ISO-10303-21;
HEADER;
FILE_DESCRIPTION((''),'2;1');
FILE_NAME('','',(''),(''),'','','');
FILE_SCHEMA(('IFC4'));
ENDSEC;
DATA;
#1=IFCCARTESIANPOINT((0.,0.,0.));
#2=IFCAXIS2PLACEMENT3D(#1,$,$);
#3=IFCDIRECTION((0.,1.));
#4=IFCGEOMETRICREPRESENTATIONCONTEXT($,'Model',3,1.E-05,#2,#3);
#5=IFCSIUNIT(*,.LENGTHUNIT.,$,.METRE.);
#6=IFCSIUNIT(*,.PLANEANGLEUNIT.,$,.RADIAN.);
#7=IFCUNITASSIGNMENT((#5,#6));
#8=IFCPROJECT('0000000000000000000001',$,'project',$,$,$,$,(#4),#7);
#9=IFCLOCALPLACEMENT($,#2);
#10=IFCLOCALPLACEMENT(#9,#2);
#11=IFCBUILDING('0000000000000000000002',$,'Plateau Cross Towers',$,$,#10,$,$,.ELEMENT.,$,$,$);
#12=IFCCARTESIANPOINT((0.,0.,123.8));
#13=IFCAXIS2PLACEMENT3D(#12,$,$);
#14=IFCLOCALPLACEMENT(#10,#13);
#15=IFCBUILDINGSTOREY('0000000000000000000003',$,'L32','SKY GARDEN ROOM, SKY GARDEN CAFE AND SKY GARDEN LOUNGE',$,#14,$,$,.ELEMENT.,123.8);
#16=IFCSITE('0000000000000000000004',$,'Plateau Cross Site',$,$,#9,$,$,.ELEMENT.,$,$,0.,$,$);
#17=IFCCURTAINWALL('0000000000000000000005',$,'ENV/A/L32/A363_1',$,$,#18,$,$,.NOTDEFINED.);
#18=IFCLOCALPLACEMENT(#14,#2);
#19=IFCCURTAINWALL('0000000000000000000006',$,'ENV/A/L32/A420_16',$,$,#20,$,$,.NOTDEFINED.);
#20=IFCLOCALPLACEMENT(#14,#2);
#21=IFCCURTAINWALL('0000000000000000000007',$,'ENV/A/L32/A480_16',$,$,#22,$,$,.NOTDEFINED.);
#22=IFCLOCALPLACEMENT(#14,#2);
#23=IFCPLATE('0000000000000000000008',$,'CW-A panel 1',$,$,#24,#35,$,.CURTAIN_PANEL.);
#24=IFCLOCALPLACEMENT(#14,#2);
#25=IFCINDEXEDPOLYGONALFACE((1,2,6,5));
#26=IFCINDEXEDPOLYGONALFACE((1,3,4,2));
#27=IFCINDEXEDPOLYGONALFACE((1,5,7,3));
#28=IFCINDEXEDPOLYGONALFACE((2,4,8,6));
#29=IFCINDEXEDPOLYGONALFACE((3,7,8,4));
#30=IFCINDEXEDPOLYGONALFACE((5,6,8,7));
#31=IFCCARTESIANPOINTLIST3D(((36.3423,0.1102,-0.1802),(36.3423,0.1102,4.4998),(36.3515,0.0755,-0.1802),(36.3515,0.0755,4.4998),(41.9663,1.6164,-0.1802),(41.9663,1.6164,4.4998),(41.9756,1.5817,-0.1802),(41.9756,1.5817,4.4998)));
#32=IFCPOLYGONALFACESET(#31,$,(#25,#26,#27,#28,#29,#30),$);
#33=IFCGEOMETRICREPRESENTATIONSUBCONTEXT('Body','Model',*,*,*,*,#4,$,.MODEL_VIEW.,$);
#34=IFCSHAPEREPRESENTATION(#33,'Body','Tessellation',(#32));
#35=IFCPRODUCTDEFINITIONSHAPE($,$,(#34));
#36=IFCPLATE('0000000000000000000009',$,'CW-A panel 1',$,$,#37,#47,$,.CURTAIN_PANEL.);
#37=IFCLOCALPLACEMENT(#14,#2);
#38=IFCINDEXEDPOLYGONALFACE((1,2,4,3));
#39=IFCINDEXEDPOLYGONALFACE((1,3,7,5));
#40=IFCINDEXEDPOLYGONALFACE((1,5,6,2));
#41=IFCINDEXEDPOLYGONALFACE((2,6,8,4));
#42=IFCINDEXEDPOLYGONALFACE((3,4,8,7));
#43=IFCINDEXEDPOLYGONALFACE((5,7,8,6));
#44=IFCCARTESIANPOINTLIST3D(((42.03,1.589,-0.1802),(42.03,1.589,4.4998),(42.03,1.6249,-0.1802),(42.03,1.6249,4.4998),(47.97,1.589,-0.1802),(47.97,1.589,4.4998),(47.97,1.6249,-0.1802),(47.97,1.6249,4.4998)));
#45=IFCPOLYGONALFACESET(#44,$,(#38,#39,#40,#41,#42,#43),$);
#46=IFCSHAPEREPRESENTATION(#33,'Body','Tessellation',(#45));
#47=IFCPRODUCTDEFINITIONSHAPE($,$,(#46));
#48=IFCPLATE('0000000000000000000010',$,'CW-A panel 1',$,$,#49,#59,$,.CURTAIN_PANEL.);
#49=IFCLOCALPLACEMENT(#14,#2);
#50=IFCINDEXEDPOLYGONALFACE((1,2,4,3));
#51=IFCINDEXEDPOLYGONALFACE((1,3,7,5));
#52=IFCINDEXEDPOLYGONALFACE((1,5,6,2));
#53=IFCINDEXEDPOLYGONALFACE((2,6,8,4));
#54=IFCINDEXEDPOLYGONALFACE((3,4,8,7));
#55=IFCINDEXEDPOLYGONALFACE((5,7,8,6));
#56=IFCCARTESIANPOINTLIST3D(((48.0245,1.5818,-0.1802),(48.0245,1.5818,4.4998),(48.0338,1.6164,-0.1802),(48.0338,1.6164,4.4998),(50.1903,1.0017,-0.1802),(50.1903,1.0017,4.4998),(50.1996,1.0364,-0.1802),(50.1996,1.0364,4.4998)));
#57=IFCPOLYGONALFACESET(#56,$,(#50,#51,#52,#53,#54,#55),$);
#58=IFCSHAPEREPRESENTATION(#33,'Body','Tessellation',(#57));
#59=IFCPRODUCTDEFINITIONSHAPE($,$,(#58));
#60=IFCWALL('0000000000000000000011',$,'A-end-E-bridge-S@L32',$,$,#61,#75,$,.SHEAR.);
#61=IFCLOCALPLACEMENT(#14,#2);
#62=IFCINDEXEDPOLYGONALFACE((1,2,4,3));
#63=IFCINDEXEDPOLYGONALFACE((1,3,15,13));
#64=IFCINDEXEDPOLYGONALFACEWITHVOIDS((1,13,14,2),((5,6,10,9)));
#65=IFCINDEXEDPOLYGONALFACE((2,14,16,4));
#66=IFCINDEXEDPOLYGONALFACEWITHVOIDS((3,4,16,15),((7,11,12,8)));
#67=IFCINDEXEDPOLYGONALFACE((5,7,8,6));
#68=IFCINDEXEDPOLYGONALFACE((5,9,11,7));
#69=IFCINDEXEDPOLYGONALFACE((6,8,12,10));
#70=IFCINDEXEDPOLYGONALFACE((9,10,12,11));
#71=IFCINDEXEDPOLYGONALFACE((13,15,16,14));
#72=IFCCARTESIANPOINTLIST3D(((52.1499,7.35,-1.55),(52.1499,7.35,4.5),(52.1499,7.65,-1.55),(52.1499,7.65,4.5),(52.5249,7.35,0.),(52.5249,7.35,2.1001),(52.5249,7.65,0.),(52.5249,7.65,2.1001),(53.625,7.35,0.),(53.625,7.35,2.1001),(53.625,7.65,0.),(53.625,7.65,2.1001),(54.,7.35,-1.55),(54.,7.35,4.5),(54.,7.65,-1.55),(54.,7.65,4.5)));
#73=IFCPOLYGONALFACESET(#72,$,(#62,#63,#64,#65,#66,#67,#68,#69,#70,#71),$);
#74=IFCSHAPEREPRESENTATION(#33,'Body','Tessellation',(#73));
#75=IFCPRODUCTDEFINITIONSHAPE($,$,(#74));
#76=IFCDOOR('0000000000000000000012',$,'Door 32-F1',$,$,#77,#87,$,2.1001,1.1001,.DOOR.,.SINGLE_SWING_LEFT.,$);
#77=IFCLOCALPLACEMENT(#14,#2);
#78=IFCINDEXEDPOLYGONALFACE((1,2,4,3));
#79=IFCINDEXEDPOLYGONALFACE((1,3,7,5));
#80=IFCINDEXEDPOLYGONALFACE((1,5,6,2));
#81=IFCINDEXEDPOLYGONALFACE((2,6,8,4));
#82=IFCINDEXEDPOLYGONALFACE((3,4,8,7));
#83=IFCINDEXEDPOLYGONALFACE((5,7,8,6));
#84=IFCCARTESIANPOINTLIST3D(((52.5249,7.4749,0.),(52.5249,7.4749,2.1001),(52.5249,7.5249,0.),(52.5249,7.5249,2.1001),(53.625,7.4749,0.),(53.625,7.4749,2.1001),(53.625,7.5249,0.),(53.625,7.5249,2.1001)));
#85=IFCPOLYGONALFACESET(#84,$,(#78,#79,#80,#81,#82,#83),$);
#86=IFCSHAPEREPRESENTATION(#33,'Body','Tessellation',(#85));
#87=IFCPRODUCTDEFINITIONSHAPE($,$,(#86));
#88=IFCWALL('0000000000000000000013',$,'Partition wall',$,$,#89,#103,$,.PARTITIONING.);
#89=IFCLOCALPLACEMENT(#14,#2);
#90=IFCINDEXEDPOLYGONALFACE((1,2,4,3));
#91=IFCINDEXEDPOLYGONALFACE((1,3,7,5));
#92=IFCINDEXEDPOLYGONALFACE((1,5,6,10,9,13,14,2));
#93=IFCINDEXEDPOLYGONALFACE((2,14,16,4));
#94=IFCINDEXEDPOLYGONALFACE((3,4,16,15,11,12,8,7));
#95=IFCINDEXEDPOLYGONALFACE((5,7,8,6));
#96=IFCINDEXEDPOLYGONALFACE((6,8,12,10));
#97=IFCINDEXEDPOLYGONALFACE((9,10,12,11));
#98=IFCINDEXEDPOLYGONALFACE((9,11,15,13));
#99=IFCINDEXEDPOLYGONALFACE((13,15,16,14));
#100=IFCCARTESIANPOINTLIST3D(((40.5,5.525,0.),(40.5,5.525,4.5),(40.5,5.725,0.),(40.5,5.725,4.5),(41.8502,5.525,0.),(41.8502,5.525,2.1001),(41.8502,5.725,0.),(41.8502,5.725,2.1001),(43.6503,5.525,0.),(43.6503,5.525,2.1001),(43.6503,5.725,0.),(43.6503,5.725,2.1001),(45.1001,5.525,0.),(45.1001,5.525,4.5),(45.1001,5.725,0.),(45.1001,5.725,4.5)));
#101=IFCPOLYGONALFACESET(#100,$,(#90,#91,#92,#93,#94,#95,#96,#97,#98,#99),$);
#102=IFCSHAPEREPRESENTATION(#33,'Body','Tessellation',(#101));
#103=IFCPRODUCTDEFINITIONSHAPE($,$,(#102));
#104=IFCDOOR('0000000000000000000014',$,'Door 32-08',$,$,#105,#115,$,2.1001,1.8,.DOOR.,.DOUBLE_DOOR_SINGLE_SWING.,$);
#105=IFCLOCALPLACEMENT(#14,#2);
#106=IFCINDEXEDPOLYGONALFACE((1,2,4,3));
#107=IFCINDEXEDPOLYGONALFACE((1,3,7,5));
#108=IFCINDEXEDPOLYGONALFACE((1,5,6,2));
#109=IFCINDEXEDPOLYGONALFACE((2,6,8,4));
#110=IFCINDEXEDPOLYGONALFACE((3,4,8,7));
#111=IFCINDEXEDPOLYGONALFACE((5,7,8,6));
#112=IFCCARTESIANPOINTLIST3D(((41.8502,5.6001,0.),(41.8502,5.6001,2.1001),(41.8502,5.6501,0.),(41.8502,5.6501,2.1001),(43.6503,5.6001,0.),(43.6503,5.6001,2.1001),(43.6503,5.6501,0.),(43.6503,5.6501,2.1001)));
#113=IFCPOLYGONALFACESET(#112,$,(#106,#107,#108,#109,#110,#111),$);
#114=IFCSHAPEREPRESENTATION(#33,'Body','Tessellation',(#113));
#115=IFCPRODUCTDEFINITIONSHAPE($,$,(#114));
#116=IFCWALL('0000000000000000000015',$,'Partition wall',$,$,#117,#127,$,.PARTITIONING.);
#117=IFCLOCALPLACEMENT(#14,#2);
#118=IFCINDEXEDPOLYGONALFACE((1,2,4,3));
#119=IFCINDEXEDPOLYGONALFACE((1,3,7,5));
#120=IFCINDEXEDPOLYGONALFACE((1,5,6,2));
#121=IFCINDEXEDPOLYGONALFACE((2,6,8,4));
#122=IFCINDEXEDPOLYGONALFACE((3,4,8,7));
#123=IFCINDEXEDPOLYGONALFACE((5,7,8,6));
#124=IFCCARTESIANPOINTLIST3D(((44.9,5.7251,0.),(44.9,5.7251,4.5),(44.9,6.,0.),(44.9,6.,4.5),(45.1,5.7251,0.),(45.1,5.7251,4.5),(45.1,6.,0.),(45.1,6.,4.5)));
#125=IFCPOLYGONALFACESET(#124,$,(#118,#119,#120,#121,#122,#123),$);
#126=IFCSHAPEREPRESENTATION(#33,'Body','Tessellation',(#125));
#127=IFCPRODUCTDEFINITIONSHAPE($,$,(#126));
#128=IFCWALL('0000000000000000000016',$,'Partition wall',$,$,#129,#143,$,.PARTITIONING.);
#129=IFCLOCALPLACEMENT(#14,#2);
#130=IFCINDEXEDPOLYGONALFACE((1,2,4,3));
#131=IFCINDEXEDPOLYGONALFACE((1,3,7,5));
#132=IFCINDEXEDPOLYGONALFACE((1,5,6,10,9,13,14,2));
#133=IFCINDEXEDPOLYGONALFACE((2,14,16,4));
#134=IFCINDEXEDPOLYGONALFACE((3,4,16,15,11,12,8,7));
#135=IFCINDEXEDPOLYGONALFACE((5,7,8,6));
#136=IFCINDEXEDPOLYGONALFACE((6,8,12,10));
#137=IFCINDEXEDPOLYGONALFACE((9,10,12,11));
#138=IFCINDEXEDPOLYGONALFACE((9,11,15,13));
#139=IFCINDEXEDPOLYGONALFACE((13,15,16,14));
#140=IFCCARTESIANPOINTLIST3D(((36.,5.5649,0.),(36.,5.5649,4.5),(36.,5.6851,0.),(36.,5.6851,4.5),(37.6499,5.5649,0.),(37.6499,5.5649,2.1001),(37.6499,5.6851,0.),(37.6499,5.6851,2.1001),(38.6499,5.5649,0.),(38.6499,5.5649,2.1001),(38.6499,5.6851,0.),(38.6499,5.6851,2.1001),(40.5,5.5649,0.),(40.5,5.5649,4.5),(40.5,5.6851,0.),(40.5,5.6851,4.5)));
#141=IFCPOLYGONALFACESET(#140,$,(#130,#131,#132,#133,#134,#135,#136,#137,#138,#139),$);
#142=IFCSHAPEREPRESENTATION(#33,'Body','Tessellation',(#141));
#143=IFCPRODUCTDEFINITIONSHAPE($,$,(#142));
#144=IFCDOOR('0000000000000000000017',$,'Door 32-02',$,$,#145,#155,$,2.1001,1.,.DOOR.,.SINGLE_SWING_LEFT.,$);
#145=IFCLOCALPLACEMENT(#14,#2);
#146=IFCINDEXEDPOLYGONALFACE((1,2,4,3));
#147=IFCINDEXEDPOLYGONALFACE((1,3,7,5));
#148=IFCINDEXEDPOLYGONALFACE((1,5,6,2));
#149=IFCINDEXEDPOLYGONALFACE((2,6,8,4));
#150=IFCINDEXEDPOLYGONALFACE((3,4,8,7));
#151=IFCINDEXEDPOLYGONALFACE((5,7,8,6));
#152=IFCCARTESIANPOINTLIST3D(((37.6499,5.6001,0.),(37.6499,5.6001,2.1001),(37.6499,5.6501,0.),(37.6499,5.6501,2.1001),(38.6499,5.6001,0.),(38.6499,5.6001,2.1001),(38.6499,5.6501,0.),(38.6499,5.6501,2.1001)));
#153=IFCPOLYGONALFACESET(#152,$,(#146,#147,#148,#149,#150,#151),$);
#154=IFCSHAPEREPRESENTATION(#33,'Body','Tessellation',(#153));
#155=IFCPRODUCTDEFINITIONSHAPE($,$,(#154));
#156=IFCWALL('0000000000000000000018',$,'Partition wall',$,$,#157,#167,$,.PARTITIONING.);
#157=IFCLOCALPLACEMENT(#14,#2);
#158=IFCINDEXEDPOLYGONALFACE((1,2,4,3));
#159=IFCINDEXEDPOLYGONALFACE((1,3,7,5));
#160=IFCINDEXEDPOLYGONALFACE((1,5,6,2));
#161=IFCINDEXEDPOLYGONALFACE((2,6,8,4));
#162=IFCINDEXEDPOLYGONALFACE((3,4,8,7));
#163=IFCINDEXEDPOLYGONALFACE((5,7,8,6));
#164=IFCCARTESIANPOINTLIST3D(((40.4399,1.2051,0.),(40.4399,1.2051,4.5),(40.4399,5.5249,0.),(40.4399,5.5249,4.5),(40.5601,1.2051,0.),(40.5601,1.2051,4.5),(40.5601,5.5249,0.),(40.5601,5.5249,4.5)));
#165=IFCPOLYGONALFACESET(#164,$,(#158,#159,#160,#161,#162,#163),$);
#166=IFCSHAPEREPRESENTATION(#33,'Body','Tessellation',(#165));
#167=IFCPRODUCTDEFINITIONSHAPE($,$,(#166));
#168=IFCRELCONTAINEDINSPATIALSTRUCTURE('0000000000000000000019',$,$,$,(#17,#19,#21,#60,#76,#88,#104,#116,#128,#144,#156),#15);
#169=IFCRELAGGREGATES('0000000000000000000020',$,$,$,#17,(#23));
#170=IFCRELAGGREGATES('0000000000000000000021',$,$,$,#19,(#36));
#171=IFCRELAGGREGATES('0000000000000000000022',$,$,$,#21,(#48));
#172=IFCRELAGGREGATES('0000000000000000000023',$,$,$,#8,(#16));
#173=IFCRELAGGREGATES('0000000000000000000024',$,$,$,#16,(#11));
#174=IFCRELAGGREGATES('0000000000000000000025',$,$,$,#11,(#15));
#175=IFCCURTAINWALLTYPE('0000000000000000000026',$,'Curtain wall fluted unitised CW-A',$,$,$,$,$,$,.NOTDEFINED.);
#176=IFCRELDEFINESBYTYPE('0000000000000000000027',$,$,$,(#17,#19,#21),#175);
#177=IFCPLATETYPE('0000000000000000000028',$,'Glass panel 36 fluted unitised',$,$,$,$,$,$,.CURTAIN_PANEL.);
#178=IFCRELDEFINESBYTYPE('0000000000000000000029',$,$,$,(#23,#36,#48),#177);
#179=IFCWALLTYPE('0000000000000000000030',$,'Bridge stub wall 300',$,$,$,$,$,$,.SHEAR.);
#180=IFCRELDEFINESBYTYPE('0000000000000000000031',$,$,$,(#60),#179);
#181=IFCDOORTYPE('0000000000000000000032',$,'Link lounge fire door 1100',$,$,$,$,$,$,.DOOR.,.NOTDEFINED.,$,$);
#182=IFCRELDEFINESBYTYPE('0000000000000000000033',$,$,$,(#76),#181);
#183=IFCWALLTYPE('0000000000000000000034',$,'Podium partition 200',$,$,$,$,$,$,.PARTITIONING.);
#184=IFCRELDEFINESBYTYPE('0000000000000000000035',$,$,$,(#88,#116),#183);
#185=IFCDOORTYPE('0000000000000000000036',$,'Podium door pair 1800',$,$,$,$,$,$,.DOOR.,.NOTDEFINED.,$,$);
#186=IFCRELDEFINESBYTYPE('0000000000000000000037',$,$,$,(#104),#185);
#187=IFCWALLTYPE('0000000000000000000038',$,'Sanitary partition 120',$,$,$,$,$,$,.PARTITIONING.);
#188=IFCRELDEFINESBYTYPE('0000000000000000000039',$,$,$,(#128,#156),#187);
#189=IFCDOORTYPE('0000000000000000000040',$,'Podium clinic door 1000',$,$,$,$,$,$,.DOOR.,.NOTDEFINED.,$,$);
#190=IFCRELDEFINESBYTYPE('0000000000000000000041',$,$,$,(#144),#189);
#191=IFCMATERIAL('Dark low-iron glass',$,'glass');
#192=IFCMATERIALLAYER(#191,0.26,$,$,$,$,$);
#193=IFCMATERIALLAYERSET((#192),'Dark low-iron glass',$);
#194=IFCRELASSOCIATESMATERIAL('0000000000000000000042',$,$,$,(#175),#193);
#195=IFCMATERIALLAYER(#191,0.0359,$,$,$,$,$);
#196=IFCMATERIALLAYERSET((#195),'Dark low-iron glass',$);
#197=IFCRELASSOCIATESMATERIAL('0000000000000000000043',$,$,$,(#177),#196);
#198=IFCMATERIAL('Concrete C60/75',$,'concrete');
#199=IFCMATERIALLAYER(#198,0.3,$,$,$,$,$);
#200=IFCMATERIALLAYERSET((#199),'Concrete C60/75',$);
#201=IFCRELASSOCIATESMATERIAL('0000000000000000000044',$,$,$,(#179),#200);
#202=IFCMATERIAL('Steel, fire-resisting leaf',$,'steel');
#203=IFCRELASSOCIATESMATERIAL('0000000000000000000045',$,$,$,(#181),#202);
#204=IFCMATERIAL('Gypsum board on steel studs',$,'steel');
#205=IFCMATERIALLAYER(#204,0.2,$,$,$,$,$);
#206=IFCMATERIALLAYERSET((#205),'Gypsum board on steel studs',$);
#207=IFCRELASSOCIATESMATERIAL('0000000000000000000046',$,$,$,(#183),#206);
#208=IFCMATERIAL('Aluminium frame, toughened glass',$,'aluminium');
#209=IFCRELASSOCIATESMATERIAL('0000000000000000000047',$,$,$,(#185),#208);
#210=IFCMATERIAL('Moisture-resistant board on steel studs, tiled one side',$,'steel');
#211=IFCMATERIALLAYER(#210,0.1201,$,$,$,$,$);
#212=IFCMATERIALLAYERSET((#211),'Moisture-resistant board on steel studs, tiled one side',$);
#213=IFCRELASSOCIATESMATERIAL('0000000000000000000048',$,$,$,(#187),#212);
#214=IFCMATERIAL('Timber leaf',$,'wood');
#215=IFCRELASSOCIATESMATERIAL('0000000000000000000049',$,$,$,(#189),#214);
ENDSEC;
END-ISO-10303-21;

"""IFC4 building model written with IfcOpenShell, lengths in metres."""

from ifc_helpers import new_model, si_unit, direction, frame, frame_2d, origin, origin_2d, place, context, subcontext, project, spatial, rectangle, extrude, material, layer, layer_set, type_object, element, fill, aggregate, save


model = new_model("IFC4")

# Units and contexts
model_context = context("Model", 3, precision=1e-05, world=origin(), true_north=direction((0.0, 1.0)))
body_context = subcontext(model_context, "Body", "Model", "MODEL_VIEW")
ifc_project = project(units=[si_unit("LENGTHUNIT", "METRE"), si_unit("PLANEANGLEUNIT", "RADIAN")], contexts=[model_context])

# Site, building, storey
site_placement = place(None, origin())
site = spatial("IfcSite", under=ifc_project, at=site_placement, Name="Plateau Cross Site", CompositionType="ELEMENT", RefElevation=0.0)
building_placement = place(site_placement, origin())
building = spatial("IfcBuilding", under=site, at=building_placement, Name="Plateau Cross Towers", CompositionType="ELEMENT")
storey_placement = place(building_placement, frame((0.0, 0.0, 123.8)))
storey = spatial("IfcBuildingStorey", under=building, at=storey_placement, Name="L32", Description="SKY GARDEN ROOM, SKY GARDEN CAFE AND SKY GARDEN LOUNGE", CompositionType="ELEMENT", Elevation=123.8)

# Shared definitions
ifc_material_1 = material(Name="Concrete C60/75", Category="concrete")

# Curtain walls
ifc_material_2 = material(Name="Dark low-iron glass", Category="glass")
ifc_layer_1 = layer(ifc_material_2, 0.26)
ifc_layer_set_1 = layer_set([ifc_layer_1], Name="Dark low-iron glass")
curtain_wall_type_1 = type_object("IfcCurtainWallType", Name="Curtain wall fluted unitised CW-A", PredefinedType="NOTDEFINED", material=ifc_layer_set_1)
curtain_wall_1_placement = place(storey_placement, origin())
curtain_wall_1 = element("IfcCurtainWall", 1, at=curtain_wall_1_placement, inside=storey, type_object=curtain_wall_type_1, Name="ENV/A/L32/A363_1", PredefinedType="NOTDEFINED")
curtain_wall_2_placement = place(storey_placement, origin())
curtain_wall_2 = element("IfcCurtainWall", 2, at=curtain_wall_2_placement, inside=storey, type_object=curtain_wall_type_1, Name="ENV/A/L32/A420_16", PredefinedType="NOTDEFINED")
curtain_wall_3_placement = place(storey_placement, origin())
curtain_wall_3 = element("IfcCurtainWall", 3, at=curtain_wall_3_placement, inside=storey, type_object=curtain_wall_type_1, Name="ENV/A/L32/A480_16", PredefinedType="NOTDEFINED")

# Plates
ifc_layer_2 = layer(ifc_material_2, 0.0359)
ifc_layer_set_2 = layer_set([ifc_layer_2], Name="Dark low-iron glass")
plate_type_1 = type_object("IfcPlateType", Name="Glass panel 36 fluted unitised", PredefinedType="CURTAIN_PANEL", material=ifc_layer_set_2)
plate_1_placement = place(storey_placement, frame((39.1589, 0.8459, -0.1802), z_axis=(0.0, 0.0, 1.0), x_axis=(0.965958, 0.258699, 0.0)))
plate_1 = element("IfcPlate", 4, at=plate_1_placement, type_object=plate_type_1, Name="CW-A panel 1", PredefinedType="CURTAIN_PANEL", context=body_context, shape_type="SweptSolid", body=[
    extrude(rectangle(XDim=5.8223, YDim=0.0359, at=origin_2d()), origin(), (0.0, 0.0, 1.0), 4.6799),
])
aggregate(curtain_wall_1, [plate_1])
plate_2_placement = place(storey_placement, frame((45.0, 1.6069, -0.1802), z_axis=(0.0, 0.0, 1.0), x_axis=(1.0, 0.0, 0.0)))
plate_2 = element("IfcPlate", 5, at=plate_2_placement, type_object=plate_type_1, Name="CW-A panel 1", PredefinedType="CURTAIN_PANEL", context=body_context, shape_type="SweptSolid", body=[
    extrude(rectangle(XDim=5.9399, YDim=0.0359, at=origin_2d()), origin(), (0.0, 0.0, 1.0), 4.6799),
])
aggregate(curtain_wall_2, [plate_2])
plate_3_placement = place(storey_placement, frame((49.1121, 1.3091, -0.1802), z_axis=(0.0, 0.0, 1.0), x_axis=(0.965958, -0.258699, 0.0)))
plate_3 = element("IfcPlate", 6, at=plate_3_placement, type_object=plate_type_1, Name="CW-A panel 1", PredefinedType="CURTAIN_PANEL", context=body_context, shape_type="SweptSolid", body=[
    extrude(rectangle(XDim=2.2422, YDim=0.0359, at=origin_2d()), origin(), (0.0, 0.0, 1.0), 4.6799),
])
aggregate(curtain_wall_3, [plate_3])

# Walls, openings, doors
ifc_layer_3 = layer(ifc_material_1, 0.3)
ifc_layer_set_3 = layer_set([ifc_layer_3], Name="Concrete C60/75")
wall_type_1 = type_object("IfcWallType", Name="Bridge stub wall 300", PredefinedType="SHEAR", material=ifc_layer_set_3)
wall_1_placement = place(storey_placement, frame((52.1499, 7.5, -1.55), z_axis=(0.0, 0.0, 1.0), x_axis=(1.0, 0.0, 0.0)))
wall_1 = element("IfcWall", 7, at=wall_1_placement, inside=storey, type_object=wall_type_1, Name="A-end-E-bridge-S@L32", PredefinedType="SHEAR", context=body_context, shape_type="SweptSolid", body=[
    extrude(rectangle(XDim=1.8501, YDim=0.3, at=frame_2d((0.925, 0.0))), origin(), (0.0, 0.0, 1.0), 6.05),
])
opening_1_placement = place(wall_1_placement, frame((0.375, 0.0, 1.55)))
opening_1 = element("IfcOpeningElement", 8, at=opening_1_placement, cuts=wall_1, PredefinedType="OPENING", context=body_context, shape_type="SweptSolid", body=[
    extrude(rectangle(XDim=1.1001, YDim=2.1001, at=frame_2d((0.55, 1.05))), frame((0.0, 0.1599, 0.0), z_axis=(0.0, -1.0, 0.0), x_axis=(1.0, 0.0, 0.0)), (0.0, 0.0, 1.0), 0.3201),
])
ifc_material_3 = material(Name="Steel, fire-resisting leaf", Category="steel")
door_type_1 = type_object("IfcDoorType", Name="Link lounge fire door 1100", OperationType="NOTDEFINED", PredefinedType="DOOR", material=ifc_material_3)
door_1_placement = place(opening_1_placement, origin())
door_1 = element("IfcDoor", 9, at=door_1_placement, inside=storey, type_object=door_type_1, Name="Door 32-F1", OperationType="SINGLE_SWING_LEFT", OverallHeight=2.1001, OverallWidth=1.1001, PredefinedType="DOOR", context=body_context, shape_type="SweptSolid", body=[
    extrude(rectangle(XDim=1.1001, YDim=2.1001, at=frame_2d((0.55, 1.05))), frame((0.0, 0.0249, 0.0), z_axis=(0.0, -1.0, 0.0), x_axis=(1.0, 0.0, 0.0)), (0.0, 0.0, 1.0), 0.05),
])
fill(opening_1, door_1)
ifc_material_4 = material(Name="Gypsum board on steel studs", Category="steel")
ifc_layer_4 = layer(ifc_material_4, 0.2)
ifc_layer_set_4 = layer_set([ifc_layer_4], Name="Gypsum board on steel studs")
wall_type_2 = type_object("IfcWallType", Name="Podium partition 200", PredefinedType="PARTITIONING", material=ifc_layer_set_4)
ifc_material_5 = material(Name="Aluminium frame, toughened glass", Category="aluminium")
wall_2_placement = place(storey_placement, frame((45.1001, 5.625, 0.0), z_axis=(0.0, 0.0, 1.0), x_axis=(-1.0, 0.0, 0.0)))
wall_2 = element("IfcWall", 10, at=wall_2_placement, inside=storey, type_object=wall_type_2, Name="Partition wall", PredefinedType="PARTITIONING", context=body_context, shape_type="SweptSolid", body=[
    extrude(rectangle(XDim=4.6001, YDim=0.2, at=frame_2d((2.3, 0.0))), origin(), (0.0, 0.0, 1.0), 4.5),
])
opening_2_placement = place(wall_2_placement, frame((1.45, 0.0, 0.0)))
opening_2 = element("IfcOpeningElement", 11, at=opening_2_placement, cuts=wall_2, PredefinedType="OPENING", context=body_context, shape_type="SweptSolid", body=[
    extrude(rectangle(XDim=1.8, YDim=2.1001, at=frame_2d((0.8999, 1.05))), frame((0.0, 0.1099, 0.0), z_axis=(0.0, -1.0, 0.0), x_axis=(1.0, 0.0, 0.0)), (0.0, 0.0, 1.0), 0.22),
])
door_type_2 = type_object("IfcDoorType", Name="Podium door pair 1800", OperationType="NOTDEFINED", PredefinedType="DOOR", material=ifc_material_5)
door_2_placement = place(opening_2_placement, origin())
door_2 = element("IfcDoor", 12, at=door_2_placement, inside=storey, type_object=door_type_2, Name="Door 32-08", OperationType="DOUBLE_DOOR_SINGLE_SWING", OverallHeight=2.1001, OverallWidth=1.8, PredefinedType="DOOR", context=body_context, shape_type="SweptSolid", body=[
    extrude(rectangle(XDim=1.8, YDim=2.1001, at=frame_2d((0.8999, 1.05))), frame((0.0, 0.0249, 0.0), z_axis=(0.0, -1.0, 0.0), x_axis=(1.0, 0.0, 0.0)), (0.0, 0.0, 1.0), 0.05),
])
fill(opening_2, door_2)

# Wall
wall_3_placement = place(storey_placement, frame((45.0, 6.0, 0.0), z_axis=(0.0, 0.0, 1.0), x_axis=(0.0, -1.0, 0.0)))
element("IfcWall", 13, at=wall_3_placement, inside=storey, type_object=wall_type_2, Name="Partition wall", PredefinedType="PARTITIONING", context=body_context, shape_type="SweptSolid", body=[
    extrude(rectangle(XDim=0.2749, YDim=0.2, at=frame_2d((0.1375, 0.0))), origin(), (0.0, 0.0, 1.0), 4.5),
])

# Wall, opening, door
ifc_material_6 = material(Name="Moisture-resistant board on steel studs, tiled one side", Category="steel")
ifc_layer_5 = layer(ifc_material_6, 0.1201)
ifc_layer_set_5 = layer_set([ifc_layer_5], Name="Moisture-resistant board on steel studs, tiled one side")
wall_type_3 = type_object("IfcWallType", Name="Sanitary partition 120", PredefinedType="PARTITIONING", material=ifc_layer_set_5)
wall_4_placement = place(storey_placement, frame((40.5, 5.625, 0.0), z_axis=(0.0, 0.0, 1.0), x_axis=(-1.0, 0.0, 0.0)))
wall_4 = element("IfcWall", 14, at=wall_4_placement, inside=storey, type_object=wall_type_3, Name="Partition wall", PredefinedType="PARTITIONING", context=body_context, shape_type="SweptSolid", body=[
    extrude(rectangle(XDim=4.5, YDim=0.1201, at=frame_2d((2.25, 0.0))), origin(), (0.0, 0.0, 1.0), 4.5),
])
opening_3_placement = place(wall_4_placement, frame((1.8501, 0.0, 0.0)))
opening_3 = element("IfcOpeningElement", 15, at=opening_3_placement, cuts=wall_4, PredefinedType="OPENING", context=body_context, shape_type="SweptSolid", body=[
    extrude(rectangle(XDim=1.0, YDim=2.1001, at=frame_2d((0.5, 1.05))), frame((0.0, 0.0701, 0.0), z_axis=(0.0, -1.0, 0.0), x_axis=(1.0, 0.0, 0.0)), (0.0, 0.0, 1.0), 0.1401),
])
ifc_material_7 = material(Name="Timber leaf", Category="wood")
door_type_3 = type_object("IfcDoorType", Name="Podium clinic door 1000", OperationType="NOTDEFINED", PredefinedType="DOOR", material=ifc_material_7)
door_3_placement = place(opening_3_placement, origin())
door_3 = element("IfcDoor", 16, at=door_3_placement, inside=storey, type_object=door_type_3, Name="Door 32-02", OperationType="SINGLE_SWING_LEFT", OverallHeight=2.1001, OverallWidth=1.0, PredefinedType="DOOR", context=body_context, shape_type="SweptSolid", body=[
    extrude(rectangle(XDim=1.0, YDim=2.1001, at=frame_2d((0.5, 1.05))), frame((0.0, 0.0249, 0.0), z_axis=(0.0, -1.0, 0.0), x_axis=(1.0, 0.0, 0.0)), (0.0, 0.0, 1.0), 0.05),
])
fill(opening_3, door_3)

# Wall
wall_5_placement = place(storey_placement, frame((40.5, 5.5249, 0.0), z_axis=(0.0, 0.0, 1.0), x_axis=(0.0, -1.0, 0.0)))
element("IfcWall", 17, at=wall_5_placement, inside=storey, type_object=wall_type_3, Name="Partition wall", PredefinedType="PARTITIONING", context=body_context, shape_type="SweptSolid", body=[
    extrude(rectangle(XDim=4.3198, YDim=0.1201, at=frame_2d((2.1599, 0.0))), origin(), (0.0, 0.0, 1.0), 4.5),
])

save(model, "model.ifc")
